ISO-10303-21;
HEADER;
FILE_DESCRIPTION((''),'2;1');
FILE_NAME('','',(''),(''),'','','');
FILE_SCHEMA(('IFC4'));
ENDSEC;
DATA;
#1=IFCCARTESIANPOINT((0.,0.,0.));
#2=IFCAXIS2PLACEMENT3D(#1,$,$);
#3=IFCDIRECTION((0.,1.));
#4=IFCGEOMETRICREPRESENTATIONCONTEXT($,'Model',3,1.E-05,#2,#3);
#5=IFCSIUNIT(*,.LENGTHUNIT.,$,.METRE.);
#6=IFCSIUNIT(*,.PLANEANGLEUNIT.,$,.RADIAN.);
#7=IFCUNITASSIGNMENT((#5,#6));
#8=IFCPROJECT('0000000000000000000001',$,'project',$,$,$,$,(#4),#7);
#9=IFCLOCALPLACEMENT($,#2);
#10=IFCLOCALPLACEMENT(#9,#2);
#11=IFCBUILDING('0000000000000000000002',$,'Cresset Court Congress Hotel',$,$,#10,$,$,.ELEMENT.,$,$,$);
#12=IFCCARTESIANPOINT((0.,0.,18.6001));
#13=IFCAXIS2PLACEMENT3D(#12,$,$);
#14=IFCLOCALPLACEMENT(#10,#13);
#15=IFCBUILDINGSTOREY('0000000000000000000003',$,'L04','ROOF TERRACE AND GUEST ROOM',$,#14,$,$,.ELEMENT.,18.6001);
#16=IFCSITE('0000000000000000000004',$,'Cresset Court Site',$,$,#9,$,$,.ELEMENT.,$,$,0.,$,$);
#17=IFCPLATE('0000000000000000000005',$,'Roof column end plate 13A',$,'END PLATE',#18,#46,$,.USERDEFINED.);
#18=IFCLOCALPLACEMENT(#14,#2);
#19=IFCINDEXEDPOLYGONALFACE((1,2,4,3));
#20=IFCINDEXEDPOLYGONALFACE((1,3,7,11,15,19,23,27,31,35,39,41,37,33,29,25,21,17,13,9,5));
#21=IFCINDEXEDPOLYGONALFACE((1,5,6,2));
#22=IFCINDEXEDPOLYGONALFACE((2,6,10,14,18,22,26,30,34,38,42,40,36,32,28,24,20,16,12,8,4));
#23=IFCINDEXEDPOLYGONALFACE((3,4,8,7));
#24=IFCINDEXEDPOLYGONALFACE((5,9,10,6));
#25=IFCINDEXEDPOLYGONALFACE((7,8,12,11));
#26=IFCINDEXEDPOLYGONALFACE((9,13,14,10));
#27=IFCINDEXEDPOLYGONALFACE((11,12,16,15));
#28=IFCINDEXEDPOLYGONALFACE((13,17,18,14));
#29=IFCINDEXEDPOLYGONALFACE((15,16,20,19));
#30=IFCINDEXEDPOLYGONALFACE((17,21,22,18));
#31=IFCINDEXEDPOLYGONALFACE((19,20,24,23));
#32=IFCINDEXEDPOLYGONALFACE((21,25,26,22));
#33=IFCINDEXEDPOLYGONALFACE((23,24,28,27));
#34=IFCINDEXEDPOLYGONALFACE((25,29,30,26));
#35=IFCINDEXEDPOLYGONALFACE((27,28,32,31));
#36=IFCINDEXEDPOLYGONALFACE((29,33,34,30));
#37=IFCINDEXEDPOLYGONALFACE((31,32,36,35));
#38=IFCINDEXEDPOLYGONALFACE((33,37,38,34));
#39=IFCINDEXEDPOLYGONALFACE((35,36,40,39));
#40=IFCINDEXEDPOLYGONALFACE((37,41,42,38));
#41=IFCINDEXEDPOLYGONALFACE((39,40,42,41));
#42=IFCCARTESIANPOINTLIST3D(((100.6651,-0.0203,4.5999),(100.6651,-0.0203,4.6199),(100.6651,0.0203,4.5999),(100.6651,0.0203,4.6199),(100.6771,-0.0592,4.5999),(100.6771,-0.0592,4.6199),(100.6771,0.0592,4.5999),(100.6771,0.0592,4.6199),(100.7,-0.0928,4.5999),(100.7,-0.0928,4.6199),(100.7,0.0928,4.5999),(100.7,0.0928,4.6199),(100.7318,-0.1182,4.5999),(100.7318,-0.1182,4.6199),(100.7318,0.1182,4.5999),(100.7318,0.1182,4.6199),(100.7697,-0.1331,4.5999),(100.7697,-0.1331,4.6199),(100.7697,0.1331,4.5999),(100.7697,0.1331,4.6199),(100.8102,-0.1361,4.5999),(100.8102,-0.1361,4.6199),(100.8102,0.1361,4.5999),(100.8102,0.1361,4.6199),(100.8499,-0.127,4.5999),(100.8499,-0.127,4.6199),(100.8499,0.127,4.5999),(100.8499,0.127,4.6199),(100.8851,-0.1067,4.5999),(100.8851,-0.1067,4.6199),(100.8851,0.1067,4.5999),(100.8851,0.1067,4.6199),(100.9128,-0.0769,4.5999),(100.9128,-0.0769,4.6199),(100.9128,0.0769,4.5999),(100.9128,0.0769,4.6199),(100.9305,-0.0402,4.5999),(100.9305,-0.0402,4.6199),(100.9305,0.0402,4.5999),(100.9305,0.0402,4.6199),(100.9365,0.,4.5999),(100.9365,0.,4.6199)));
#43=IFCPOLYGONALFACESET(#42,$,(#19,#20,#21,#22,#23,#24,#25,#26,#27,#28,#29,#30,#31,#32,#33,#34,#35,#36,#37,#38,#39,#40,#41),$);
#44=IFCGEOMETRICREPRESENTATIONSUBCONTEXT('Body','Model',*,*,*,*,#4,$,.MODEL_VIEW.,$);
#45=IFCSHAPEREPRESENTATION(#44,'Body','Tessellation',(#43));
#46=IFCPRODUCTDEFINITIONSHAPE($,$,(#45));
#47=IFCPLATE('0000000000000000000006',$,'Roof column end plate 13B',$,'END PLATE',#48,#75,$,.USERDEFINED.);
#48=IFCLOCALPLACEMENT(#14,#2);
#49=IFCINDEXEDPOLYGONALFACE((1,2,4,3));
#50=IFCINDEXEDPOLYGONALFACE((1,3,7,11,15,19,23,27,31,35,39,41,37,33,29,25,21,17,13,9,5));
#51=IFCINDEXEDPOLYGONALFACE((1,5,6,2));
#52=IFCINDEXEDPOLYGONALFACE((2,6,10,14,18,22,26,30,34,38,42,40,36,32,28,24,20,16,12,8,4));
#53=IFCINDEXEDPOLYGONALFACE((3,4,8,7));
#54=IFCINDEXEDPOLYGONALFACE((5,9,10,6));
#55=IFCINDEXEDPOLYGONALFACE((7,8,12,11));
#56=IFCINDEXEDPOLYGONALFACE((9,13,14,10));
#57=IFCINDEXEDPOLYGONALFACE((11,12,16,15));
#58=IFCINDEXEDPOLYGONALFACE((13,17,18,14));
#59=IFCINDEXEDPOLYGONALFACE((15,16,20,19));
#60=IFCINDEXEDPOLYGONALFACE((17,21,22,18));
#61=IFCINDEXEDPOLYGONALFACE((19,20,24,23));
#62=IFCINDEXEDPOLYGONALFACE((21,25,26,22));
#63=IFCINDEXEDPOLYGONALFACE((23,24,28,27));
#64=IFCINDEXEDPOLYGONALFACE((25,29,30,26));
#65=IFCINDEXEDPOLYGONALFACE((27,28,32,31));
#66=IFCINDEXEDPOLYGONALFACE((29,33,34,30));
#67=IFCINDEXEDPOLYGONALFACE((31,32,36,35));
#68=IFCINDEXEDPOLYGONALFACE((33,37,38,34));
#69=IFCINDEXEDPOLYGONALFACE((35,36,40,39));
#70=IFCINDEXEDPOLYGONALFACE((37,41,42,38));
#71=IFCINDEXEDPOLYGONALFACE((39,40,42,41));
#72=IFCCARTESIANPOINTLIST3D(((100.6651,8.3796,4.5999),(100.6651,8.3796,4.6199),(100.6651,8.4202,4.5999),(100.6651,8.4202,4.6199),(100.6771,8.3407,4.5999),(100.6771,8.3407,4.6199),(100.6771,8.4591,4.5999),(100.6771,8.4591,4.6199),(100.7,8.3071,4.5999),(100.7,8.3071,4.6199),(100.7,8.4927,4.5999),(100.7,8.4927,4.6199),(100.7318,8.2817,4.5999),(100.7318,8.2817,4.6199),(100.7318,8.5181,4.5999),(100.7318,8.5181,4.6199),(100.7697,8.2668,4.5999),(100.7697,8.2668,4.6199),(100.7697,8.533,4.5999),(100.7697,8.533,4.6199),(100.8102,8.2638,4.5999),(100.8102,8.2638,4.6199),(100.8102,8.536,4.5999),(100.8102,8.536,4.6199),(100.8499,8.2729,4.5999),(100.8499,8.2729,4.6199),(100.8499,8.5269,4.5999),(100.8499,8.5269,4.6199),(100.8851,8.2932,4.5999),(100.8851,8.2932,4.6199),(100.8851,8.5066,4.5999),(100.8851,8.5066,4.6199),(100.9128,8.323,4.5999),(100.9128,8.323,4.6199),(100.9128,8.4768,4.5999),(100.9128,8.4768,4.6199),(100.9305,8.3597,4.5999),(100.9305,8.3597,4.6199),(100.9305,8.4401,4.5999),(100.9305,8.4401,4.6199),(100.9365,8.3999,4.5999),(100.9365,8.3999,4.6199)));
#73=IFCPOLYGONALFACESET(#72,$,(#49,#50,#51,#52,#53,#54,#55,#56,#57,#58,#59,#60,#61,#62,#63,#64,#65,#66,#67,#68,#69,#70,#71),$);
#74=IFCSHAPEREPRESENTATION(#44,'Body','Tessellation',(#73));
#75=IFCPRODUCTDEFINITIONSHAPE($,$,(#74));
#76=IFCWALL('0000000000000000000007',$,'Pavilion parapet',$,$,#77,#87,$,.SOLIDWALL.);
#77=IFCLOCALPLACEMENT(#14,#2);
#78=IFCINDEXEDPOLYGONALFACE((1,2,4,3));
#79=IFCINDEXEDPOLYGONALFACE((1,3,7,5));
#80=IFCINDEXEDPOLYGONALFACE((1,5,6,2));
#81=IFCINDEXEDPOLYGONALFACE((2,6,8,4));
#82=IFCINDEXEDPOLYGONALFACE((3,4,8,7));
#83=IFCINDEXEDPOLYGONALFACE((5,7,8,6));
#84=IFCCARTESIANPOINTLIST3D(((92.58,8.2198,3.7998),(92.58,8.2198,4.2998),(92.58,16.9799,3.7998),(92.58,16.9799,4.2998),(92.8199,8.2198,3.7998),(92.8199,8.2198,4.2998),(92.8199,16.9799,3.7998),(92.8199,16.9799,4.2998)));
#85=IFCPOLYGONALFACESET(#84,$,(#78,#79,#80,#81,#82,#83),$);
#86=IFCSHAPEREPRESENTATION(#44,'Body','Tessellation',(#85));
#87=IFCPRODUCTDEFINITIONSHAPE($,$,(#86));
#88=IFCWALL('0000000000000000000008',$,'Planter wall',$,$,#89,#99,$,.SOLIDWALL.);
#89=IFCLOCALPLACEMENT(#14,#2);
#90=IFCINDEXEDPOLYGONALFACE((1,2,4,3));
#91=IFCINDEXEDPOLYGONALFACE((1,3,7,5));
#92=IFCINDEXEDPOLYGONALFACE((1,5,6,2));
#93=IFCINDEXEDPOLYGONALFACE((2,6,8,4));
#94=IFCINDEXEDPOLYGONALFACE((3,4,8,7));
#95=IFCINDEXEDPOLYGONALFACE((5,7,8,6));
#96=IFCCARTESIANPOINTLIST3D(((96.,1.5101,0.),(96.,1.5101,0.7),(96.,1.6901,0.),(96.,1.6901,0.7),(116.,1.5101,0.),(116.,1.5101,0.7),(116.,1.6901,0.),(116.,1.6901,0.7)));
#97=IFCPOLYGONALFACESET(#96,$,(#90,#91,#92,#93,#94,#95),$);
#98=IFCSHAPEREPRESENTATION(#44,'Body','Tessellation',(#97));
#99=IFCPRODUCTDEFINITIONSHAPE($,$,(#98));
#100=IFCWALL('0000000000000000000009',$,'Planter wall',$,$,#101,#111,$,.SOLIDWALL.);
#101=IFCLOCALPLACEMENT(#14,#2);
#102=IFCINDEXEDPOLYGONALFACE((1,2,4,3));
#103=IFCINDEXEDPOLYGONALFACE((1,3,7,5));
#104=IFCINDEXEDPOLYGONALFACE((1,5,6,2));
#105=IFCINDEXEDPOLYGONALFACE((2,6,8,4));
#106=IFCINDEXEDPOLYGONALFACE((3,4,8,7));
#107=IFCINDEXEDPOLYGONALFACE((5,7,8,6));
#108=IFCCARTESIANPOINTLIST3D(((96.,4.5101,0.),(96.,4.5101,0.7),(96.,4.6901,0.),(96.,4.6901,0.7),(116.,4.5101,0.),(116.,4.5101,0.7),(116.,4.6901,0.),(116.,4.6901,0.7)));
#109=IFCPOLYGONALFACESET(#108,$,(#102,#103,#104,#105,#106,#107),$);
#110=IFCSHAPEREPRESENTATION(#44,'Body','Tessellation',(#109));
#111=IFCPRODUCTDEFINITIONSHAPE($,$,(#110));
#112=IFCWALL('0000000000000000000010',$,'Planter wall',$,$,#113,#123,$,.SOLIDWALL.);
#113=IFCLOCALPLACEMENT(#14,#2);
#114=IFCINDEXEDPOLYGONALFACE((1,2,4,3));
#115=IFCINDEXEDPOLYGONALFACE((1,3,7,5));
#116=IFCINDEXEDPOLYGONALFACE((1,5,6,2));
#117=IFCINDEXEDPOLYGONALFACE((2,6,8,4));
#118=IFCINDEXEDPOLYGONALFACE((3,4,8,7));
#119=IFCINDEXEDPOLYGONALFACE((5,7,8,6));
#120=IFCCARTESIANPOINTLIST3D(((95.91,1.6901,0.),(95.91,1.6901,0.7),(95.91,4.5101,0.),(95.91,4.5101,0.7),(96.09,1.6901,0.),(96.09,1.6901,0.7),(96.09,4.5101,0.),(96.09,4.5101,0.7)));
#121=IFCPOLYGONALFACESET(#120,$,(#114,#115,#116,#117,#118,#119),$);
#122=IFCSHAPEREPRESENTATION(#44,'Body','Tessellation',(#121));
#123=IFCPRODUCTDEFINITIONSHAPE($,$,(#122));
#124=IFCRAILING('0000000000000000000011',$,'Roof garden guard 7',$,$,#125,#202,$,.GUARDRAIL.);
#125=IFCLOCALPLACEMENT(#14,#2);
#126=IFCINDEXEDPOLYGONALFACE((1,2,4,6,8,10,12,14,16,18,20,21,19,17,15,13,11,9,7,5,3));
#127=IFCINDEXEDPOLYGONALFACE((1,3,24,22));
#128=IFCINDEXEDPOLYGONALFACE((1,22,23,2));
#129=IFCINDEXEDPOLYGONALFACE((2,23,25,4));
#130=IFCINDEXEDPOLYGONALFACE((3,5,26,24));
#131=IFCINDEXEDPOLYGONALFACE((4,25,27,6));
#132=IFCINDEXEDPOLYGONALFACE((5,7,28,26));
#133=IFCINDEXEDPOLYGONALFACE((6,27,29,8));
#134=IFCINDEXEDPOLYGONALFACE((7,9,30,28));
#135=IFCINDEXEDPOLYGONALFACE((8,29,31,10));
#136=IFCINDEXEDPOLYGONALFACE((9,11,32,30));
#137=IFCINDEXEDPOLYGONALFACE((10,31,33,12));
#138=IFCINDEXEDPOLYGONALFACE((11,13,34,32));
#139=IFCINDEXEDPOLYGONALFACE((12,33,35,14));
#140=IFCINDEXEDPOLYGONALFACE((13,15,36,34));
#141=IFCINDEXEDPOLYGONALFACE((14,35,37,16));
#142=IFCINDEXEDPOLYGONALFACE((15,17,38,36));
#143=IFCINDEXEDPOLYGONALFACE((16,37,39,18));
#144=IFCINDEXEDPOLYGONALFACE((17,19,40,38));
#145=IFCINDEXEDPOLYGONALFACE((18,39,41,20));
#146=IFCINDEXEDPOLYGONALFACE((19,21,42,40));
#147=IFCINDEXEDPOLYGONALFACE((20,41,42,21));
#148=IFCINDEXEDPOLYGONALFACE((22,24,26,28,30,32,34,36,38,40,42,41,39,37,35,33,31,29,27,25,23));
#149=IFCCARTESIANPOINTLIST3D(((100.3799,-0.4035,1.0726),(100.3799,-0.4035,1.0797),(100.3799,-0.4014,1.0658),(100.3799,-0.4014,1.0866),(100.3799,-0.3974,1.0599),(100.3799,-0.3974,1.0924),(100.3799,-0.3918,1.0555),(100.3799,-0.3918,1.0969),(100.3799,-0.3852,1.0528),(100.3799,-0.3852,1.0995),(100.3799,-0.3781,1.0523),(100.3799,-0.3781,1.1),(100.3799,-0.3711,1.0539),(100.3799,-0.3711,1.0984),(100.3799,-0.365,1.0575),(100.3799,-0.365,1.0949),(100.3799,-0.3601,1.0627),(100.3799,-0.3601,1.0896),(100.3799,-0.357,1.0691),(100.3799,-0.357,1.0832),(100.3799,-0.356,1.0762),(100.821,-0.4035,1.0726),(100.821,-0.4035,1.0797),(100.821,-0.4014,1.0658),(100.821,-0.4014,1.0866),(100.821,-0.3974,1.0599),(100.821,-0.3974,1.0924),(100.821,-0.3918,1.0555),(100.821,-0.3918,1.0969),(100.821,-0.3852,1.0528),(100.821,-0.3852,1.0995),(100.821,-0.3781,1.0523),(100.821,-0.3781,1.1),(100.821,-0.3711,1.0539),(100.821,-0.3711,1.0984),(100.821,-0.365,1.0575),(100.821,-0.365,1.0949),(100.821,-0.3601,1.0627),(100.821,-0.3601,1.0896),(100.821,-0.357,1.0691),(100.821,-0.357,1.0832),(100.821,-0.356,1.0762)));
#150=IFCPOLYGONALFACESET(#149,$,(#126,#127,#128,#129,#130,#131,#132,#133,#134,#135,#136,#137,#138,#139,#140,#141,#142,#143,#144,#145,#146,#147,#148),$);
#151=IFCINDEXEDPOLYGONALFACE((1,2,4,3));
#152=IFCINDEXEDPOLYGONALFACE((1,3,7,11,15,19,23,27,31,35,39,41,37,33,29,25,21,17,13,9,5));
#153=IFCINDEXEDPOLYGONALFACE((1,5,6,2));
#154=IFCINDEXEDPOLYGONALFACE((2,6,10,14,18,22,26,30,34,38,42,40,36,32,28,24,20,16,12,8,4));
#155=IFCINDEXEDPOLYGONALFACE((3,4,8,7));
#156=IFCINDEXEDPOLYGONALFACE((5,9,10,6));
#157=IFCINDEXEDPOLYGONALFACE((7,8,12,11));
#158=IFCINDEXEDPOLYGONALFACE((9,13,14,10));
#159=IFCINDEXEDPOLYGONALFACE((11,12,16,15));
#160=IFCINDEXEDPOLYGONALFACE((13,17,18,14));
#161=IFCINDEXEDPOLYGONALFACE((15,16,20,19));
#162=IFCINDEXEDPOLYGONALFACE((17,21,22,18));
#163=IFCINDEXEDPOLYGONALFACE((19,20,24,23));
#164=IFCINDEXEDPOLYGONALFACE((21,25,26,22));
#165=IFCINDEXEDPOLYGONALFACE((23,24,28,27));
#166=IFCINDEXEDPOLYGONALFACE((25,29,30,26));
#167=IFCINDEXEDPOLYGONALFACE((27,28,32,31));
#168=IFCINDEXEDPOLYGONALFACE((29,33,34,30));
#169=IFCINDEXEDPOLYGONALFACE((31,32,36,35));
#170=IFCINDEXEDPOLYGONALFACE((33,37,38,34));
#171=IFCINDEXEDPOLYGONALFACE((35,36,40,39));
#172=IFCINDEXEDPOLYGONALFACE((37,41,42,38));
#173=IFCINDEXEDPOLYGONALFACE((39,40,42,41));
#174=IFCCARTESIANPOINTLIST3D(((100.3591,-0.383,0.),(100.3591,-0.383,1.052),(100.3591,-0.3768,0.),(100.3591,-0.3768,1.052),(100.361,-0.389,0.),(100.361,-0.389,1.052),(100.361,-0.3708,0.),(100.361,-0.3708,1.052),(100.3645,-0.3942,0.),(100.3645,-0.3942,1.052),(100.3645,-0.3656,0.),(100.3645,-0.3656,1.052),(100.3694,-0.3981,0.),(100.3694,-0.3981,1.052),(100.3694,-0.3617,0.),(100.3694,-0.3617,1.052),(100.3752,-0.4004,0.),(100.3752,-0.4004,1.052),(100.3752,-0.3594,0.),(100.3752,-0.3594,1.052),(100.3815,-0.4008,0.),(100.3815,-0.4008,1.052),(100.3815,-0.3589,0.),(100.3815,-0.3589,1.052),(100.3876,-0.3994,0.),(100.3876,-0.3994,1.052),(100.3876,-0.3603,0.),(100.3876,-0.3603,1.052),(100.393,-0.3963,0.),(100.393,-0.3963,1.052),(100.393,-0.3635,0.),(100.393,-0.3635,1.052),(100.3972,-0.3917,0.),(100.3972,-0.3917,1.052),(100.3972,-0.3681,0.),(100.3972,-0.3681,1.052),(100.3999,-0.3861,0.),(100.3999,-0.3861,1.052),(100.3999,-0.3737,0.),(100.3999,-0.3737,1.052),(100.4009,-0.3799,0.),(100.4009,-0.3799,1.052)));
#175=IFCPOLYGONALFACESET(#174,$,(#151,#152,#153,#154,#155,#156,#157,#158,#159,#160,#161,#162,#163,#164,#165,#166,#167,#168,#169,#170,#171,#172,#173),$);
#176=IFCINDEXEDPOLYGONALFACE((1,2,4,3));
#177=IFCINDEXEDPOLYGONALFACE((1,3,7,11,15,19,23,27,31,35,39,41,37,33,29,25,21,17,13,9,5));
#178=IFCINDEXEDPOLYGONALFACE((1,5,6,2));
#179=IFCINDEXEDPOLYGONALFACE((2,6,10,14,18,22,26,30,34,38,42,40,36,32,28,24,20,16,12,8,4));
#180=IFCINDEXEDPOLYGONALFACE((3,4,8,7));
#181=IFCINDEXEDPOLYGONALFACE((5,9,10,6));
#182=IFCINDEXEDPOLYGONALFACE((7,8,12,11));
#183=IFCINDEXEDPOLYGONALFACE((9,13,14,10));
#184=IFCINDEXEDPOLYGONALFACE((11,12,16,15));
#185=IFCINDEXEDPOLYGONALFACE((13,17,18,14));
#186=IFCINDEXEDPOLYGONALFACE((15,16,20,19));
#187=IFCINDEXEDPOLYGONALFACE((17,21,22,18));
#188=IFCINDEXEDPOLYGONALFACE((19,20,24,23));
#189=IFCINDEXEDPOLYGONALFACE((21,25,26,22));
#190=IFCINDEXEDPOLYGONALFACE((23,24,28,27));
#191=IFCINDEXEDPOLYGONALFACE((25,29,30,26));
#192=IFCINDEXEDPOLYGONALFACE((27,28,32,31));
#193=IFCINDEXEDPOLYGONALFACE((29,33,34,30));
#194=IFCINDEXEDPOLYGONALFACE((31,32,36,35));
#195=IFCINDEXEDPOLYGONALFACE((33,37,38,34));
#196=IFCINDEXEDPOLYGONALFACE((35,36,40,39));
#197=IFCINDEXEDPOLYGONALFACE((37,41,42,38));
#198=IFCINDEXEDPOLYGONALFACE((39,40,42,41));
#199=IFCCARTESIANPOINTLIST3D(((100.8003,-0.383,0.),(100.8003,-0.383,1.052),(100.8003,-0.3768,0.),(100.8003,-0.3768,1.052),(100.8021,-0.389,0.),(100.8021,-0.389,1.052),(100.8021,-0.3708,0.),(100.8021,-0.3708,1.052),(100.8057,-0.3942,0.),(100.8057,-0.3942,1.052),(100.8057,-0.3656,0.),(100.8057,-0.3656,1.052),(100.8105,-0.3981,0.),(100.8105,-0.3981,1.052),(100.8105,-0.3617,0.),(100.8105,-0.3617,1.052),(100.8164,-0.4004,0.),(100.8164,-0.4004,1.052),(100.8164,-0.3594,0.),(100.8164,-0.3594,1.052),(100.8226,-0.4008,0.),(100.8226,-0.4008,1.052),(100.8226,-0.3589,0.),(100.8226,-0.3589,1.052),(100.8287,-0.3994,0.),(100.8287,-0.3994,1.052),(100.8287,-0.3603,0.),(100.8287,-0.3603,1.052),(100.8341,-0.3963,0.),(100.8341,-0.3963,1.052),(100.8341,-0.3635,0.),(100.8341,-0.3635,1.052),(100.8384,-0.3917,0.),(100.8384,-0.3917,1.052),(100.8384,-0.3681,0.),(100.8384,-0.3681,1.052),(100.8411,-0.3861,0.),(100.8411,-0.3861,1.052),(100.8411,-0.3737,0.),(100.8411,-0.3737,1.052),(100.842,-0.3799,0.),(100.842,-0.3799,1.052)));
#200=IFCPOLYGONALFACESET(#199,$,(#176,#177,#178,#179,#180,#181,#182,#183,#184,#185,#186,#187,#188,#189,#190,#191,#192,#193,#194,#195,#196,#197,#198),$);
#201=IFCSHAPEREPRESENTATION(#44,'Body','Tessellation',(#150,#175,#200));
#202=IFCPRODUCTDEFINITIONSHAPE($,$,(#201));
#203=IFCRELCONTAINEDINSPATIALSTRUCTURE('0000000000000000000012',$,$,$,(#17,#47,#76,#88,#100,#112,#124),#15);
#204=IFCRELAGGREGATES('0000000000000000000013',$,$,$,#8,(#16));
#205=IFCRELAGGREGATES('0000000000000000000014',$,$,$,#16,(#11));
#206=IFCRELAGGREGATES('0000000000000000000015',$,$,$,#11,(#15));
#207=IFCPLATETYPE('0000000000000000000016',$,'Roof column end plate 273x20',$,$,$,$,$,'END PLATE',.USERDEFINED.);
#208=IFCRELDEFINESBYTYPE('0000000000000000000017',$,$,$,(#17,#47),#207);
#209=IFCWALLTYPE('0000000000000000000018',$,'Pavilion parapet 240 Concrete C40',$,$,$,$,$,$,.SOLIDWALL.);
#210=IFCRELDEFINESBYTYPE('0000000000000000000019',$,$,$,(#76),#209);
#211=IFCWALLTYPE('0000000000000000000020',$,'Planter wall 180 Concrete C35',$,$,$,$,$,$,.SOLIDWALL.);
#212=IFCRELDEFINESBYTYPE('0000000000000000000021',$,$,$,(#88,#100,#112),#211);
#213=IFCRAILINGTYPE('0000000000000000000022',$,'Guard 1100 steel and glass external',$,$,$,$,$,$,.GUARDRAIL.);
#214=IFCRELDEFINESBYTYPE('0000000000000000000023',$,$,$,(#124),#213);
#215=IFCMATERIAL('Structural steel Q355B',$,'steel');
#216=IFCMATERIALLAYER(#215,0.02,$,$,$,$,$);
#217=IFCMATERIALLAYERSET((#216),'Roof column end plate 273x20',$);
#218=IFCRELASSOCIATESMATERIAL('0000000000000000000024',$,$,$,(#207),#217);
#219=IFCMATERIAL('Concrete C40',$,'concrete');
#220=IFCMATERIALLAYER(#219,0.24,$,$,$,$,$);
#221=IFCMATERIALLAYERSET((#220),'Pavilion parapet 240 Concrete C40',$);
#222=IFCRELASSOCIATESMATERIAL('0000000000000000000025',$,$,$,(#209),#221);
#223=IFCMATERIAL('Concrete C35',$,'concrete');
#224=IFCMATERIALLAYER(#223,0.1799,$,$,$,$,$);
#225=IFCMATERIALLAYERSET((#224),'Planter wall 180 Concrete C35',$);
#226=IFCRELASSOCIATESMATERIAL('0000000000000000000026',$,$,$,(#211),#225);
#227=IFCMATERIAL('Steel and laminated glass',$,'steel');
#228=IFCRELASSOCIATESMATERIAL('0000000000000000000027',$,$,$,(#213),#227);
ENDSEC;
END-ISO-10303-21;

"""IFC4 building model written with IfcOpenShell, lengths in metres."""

from ifc_helpers import new_model, si_unit, direction, frame, frame_2d, origin, origin_2d, place, context, subcontext, project, spatial, rectangle, circle, extrude, material, layer, layer_set, type_object, element, save


model = new_model("IFC4")

# Units and contexts
model_context = context("Model", 3, precision=1e-05, world=origin(), true_north=direction((0.0, 1.0)))
body_context = subcontext(model_context, "Body", "Model", "MODEL_VIEW")
ifc_project = project(units=[si_unit("LENGTHUNIT", "METRE"), si_unit("PLANEANGLEUNIT", "RADIAN")], contexts=[model_context])

# Site, building, storey
site_placement = place(None, origin())
site = spatial("IfcSite", under=ifc_project, at=site_placement, Name="Cresset Court Site", CompositionType="ELEMENT", RefElevation=0.0)
building_placement = place(site_placement, origin())
building = spatial("IfcBuilding", under=site, at=building_placement, Name="Cresset Court Congress Hotel", CompositionType="ELEMENT")
storey_placement = place(building_placement, frame((0.0, 0.0, 18.6001)))
storey = spatial("IfcBuildingStorey", under=building, at=storey_placement, Name="L04", Description="ROOF TERRACE AND GUEST ROOM", CompositionType="ELEMENT", Elevation=18.6001)

# Plates
ifc_material_1 = material(Name="Structural steel Q355B", Category="steel")
ifc_layer_1 = layer(ifc_material_1, 0.02)
ifc_layer_set_1 = layer_set([ifc_layer_1], Name="Roof column end plate 273x20")
plate_type = type_object("IfcPlateType", Name="Roof column end plate 273x20", ElementType="END PLATE", PredefinedType="USERDEFINED", material=ifc_layer_set_1)
for number, where, z_axis, x_axis, name in (
    (1, (100.8, 0.0, 4.5999), (0.0, 0.0, 1.0), (1.0, 0.0, 0.0), "Roof column end plate 13A"),
    (2, (100.8, 8.3999, 4.5999), (0.0, 0.0, 1.0), (1.0, 0.0, 0.0), "Roof column end plate 13B"),
):
    element("IfcPlate", number, at=place(storey_placement, frame(where, z_axis=z_axis, x_axis=x_axis)), inside=storey, type_object=plate_type, Name=name, ObjectType="END PLATE", PredefinedType="USERDEFINED", context=body_context, shape_type="SweptSolid", body=[
        extrude(circle(Radius=0.1365, at=origin_2d()), origin(), (0.0, 0.0, 1.0), 0.02),
    ])

# Walls
ifc_material_2 = material(Name="Concrete C40", Category="concrete")
ifc_layer_2 = layer(ifc_material_2, 0.24)
ifc_layer_set_2 = layer_set([ifc_layer_2], Name="Pavilion parapet 240 Concrete C40")
wall_type_1 = type_object("IfcWallType", Name="Pavilion parapet 240 Concrete C40", PredefinedType="SOLIDWALL", material=ifc_layer_set_2)
wall_1_placement = place(storey_placement, frame((92.7, 8.22, 3.7998), z_axis=(0.0, 0.0, 1.0), x_axis=(0.0, 1.0, 0.0)))
element("IfcWall", 3, at=wall_1_placement, inside=storey, type_object=wall_type_1, Name="Pavilion parapet", PredefinedType="SOLIDWALL", context=body_context, shape_type="SweptSolid", body=[
    extrude(rectangle(XDim=8.76, YDim=0.24, at=frame_2d((4.3799, 0.0))), origin(), (0.0, 0.0, 1.0), 0.5),
])
ifc_material_3 = material(Name="Concrete C35", Category="concrete")
ifc_layer_3 = layer(ifc_material_3, 0.1799)
ifc_layer_set_3 = layer_set([ifc_layer_3], Name="Planter wall 180 Concrete C35")
wall_type_2 = type_object("IfcWallType", Name="Planter wall 180 Concrete C35", PredefinedType="SOLIDWALL", material=ifc_layer_set_3)
for number, where, z_axis, x_axis, name in (
    (4, (96.0, 1.6001, 0.0), (0.0, 0.0, 1.0), (1.0, 0.0, 0.0), "Planter wall"),
    (5, (96.0, 4.6001, 0.0), (0.0, 0.0, 1.0), (1.0, 0.0, 0.0), "Planter wall"),
):
    element("IfcWall", number, at=place(storey_placement, frame(where, z_axis=z_axis, x_axis=x_axis)), inside=storey, type_object=wall_type_2, Name=name, PredefinedType="SOLIDWALL", context=body_context, shape_type="SweptSolid", body=[
        extrude(rectangle(XDim=20.0, YDim=0.1799, at=frame_2d((10.0, 0.0))), origin(), (0.0, 0.0, 1.0), 0.7),
    ])
wall_2_placement = place(storey_placement, frame((96.0, 1.6899, 0.0), z_axis=(0.0, 0.0, 1.0), x_axis=(0.0, 1.0, 0.0)))
element("IfcWall", 6, at=wall_2_placement, inside=storey, type_object=wall_type_2, Name="Planter wall", PredefinedType="SOLIDWALL", context=body_context, shape_type="SweptSolid", body=[
    extrude(rectangle(XDim=2.8201, YDim=0.1799, at=frame_2d((1.4102, 0.0))), origin(), (0.0, 0.0, 1.0), 0.7),
])

# Railing
ifc_material_4 = material(Name="Steel and laminated glass", Category="steel")
railing_type = type_object("IfcRailingType", Name="Guard 1100 steel and glass external", PredefinedType="GUARDRAIL", material=ifc_material_4)
railing_placement = place(storey_placement, frame((100.3799, -0.3799, 0.0)))
element("IfcRailing", 7, at=railing_placement, inside=storey, type_object=railing_type, Name="Roof garden guard 7", PredefinedType="GUARDRAIL", context=body_context, shape_type="SweptSolid", body=[
    extrude(circle(Radius=0.0239, at=origin_2d()), frame((0.0, 0.0, 1.0762), z_axis=(1.0, 0.0, 0.0), x_axis=(0.0, 1.0, 0.0)), (0.0, 0.0, 1.0), 0.4412),
    extrude(circle(Radius=0.021, at=origin_2d()), origin(), (0.0, 0.0, 1.0), 1.052),
    extrude(circle(Radius=0.021, at=origin_2d()), frame((0.4412, 0.0, 0.0)), (0.0, 0.0, 1.0), 1.052),
])

save(model, "model.ifc")
